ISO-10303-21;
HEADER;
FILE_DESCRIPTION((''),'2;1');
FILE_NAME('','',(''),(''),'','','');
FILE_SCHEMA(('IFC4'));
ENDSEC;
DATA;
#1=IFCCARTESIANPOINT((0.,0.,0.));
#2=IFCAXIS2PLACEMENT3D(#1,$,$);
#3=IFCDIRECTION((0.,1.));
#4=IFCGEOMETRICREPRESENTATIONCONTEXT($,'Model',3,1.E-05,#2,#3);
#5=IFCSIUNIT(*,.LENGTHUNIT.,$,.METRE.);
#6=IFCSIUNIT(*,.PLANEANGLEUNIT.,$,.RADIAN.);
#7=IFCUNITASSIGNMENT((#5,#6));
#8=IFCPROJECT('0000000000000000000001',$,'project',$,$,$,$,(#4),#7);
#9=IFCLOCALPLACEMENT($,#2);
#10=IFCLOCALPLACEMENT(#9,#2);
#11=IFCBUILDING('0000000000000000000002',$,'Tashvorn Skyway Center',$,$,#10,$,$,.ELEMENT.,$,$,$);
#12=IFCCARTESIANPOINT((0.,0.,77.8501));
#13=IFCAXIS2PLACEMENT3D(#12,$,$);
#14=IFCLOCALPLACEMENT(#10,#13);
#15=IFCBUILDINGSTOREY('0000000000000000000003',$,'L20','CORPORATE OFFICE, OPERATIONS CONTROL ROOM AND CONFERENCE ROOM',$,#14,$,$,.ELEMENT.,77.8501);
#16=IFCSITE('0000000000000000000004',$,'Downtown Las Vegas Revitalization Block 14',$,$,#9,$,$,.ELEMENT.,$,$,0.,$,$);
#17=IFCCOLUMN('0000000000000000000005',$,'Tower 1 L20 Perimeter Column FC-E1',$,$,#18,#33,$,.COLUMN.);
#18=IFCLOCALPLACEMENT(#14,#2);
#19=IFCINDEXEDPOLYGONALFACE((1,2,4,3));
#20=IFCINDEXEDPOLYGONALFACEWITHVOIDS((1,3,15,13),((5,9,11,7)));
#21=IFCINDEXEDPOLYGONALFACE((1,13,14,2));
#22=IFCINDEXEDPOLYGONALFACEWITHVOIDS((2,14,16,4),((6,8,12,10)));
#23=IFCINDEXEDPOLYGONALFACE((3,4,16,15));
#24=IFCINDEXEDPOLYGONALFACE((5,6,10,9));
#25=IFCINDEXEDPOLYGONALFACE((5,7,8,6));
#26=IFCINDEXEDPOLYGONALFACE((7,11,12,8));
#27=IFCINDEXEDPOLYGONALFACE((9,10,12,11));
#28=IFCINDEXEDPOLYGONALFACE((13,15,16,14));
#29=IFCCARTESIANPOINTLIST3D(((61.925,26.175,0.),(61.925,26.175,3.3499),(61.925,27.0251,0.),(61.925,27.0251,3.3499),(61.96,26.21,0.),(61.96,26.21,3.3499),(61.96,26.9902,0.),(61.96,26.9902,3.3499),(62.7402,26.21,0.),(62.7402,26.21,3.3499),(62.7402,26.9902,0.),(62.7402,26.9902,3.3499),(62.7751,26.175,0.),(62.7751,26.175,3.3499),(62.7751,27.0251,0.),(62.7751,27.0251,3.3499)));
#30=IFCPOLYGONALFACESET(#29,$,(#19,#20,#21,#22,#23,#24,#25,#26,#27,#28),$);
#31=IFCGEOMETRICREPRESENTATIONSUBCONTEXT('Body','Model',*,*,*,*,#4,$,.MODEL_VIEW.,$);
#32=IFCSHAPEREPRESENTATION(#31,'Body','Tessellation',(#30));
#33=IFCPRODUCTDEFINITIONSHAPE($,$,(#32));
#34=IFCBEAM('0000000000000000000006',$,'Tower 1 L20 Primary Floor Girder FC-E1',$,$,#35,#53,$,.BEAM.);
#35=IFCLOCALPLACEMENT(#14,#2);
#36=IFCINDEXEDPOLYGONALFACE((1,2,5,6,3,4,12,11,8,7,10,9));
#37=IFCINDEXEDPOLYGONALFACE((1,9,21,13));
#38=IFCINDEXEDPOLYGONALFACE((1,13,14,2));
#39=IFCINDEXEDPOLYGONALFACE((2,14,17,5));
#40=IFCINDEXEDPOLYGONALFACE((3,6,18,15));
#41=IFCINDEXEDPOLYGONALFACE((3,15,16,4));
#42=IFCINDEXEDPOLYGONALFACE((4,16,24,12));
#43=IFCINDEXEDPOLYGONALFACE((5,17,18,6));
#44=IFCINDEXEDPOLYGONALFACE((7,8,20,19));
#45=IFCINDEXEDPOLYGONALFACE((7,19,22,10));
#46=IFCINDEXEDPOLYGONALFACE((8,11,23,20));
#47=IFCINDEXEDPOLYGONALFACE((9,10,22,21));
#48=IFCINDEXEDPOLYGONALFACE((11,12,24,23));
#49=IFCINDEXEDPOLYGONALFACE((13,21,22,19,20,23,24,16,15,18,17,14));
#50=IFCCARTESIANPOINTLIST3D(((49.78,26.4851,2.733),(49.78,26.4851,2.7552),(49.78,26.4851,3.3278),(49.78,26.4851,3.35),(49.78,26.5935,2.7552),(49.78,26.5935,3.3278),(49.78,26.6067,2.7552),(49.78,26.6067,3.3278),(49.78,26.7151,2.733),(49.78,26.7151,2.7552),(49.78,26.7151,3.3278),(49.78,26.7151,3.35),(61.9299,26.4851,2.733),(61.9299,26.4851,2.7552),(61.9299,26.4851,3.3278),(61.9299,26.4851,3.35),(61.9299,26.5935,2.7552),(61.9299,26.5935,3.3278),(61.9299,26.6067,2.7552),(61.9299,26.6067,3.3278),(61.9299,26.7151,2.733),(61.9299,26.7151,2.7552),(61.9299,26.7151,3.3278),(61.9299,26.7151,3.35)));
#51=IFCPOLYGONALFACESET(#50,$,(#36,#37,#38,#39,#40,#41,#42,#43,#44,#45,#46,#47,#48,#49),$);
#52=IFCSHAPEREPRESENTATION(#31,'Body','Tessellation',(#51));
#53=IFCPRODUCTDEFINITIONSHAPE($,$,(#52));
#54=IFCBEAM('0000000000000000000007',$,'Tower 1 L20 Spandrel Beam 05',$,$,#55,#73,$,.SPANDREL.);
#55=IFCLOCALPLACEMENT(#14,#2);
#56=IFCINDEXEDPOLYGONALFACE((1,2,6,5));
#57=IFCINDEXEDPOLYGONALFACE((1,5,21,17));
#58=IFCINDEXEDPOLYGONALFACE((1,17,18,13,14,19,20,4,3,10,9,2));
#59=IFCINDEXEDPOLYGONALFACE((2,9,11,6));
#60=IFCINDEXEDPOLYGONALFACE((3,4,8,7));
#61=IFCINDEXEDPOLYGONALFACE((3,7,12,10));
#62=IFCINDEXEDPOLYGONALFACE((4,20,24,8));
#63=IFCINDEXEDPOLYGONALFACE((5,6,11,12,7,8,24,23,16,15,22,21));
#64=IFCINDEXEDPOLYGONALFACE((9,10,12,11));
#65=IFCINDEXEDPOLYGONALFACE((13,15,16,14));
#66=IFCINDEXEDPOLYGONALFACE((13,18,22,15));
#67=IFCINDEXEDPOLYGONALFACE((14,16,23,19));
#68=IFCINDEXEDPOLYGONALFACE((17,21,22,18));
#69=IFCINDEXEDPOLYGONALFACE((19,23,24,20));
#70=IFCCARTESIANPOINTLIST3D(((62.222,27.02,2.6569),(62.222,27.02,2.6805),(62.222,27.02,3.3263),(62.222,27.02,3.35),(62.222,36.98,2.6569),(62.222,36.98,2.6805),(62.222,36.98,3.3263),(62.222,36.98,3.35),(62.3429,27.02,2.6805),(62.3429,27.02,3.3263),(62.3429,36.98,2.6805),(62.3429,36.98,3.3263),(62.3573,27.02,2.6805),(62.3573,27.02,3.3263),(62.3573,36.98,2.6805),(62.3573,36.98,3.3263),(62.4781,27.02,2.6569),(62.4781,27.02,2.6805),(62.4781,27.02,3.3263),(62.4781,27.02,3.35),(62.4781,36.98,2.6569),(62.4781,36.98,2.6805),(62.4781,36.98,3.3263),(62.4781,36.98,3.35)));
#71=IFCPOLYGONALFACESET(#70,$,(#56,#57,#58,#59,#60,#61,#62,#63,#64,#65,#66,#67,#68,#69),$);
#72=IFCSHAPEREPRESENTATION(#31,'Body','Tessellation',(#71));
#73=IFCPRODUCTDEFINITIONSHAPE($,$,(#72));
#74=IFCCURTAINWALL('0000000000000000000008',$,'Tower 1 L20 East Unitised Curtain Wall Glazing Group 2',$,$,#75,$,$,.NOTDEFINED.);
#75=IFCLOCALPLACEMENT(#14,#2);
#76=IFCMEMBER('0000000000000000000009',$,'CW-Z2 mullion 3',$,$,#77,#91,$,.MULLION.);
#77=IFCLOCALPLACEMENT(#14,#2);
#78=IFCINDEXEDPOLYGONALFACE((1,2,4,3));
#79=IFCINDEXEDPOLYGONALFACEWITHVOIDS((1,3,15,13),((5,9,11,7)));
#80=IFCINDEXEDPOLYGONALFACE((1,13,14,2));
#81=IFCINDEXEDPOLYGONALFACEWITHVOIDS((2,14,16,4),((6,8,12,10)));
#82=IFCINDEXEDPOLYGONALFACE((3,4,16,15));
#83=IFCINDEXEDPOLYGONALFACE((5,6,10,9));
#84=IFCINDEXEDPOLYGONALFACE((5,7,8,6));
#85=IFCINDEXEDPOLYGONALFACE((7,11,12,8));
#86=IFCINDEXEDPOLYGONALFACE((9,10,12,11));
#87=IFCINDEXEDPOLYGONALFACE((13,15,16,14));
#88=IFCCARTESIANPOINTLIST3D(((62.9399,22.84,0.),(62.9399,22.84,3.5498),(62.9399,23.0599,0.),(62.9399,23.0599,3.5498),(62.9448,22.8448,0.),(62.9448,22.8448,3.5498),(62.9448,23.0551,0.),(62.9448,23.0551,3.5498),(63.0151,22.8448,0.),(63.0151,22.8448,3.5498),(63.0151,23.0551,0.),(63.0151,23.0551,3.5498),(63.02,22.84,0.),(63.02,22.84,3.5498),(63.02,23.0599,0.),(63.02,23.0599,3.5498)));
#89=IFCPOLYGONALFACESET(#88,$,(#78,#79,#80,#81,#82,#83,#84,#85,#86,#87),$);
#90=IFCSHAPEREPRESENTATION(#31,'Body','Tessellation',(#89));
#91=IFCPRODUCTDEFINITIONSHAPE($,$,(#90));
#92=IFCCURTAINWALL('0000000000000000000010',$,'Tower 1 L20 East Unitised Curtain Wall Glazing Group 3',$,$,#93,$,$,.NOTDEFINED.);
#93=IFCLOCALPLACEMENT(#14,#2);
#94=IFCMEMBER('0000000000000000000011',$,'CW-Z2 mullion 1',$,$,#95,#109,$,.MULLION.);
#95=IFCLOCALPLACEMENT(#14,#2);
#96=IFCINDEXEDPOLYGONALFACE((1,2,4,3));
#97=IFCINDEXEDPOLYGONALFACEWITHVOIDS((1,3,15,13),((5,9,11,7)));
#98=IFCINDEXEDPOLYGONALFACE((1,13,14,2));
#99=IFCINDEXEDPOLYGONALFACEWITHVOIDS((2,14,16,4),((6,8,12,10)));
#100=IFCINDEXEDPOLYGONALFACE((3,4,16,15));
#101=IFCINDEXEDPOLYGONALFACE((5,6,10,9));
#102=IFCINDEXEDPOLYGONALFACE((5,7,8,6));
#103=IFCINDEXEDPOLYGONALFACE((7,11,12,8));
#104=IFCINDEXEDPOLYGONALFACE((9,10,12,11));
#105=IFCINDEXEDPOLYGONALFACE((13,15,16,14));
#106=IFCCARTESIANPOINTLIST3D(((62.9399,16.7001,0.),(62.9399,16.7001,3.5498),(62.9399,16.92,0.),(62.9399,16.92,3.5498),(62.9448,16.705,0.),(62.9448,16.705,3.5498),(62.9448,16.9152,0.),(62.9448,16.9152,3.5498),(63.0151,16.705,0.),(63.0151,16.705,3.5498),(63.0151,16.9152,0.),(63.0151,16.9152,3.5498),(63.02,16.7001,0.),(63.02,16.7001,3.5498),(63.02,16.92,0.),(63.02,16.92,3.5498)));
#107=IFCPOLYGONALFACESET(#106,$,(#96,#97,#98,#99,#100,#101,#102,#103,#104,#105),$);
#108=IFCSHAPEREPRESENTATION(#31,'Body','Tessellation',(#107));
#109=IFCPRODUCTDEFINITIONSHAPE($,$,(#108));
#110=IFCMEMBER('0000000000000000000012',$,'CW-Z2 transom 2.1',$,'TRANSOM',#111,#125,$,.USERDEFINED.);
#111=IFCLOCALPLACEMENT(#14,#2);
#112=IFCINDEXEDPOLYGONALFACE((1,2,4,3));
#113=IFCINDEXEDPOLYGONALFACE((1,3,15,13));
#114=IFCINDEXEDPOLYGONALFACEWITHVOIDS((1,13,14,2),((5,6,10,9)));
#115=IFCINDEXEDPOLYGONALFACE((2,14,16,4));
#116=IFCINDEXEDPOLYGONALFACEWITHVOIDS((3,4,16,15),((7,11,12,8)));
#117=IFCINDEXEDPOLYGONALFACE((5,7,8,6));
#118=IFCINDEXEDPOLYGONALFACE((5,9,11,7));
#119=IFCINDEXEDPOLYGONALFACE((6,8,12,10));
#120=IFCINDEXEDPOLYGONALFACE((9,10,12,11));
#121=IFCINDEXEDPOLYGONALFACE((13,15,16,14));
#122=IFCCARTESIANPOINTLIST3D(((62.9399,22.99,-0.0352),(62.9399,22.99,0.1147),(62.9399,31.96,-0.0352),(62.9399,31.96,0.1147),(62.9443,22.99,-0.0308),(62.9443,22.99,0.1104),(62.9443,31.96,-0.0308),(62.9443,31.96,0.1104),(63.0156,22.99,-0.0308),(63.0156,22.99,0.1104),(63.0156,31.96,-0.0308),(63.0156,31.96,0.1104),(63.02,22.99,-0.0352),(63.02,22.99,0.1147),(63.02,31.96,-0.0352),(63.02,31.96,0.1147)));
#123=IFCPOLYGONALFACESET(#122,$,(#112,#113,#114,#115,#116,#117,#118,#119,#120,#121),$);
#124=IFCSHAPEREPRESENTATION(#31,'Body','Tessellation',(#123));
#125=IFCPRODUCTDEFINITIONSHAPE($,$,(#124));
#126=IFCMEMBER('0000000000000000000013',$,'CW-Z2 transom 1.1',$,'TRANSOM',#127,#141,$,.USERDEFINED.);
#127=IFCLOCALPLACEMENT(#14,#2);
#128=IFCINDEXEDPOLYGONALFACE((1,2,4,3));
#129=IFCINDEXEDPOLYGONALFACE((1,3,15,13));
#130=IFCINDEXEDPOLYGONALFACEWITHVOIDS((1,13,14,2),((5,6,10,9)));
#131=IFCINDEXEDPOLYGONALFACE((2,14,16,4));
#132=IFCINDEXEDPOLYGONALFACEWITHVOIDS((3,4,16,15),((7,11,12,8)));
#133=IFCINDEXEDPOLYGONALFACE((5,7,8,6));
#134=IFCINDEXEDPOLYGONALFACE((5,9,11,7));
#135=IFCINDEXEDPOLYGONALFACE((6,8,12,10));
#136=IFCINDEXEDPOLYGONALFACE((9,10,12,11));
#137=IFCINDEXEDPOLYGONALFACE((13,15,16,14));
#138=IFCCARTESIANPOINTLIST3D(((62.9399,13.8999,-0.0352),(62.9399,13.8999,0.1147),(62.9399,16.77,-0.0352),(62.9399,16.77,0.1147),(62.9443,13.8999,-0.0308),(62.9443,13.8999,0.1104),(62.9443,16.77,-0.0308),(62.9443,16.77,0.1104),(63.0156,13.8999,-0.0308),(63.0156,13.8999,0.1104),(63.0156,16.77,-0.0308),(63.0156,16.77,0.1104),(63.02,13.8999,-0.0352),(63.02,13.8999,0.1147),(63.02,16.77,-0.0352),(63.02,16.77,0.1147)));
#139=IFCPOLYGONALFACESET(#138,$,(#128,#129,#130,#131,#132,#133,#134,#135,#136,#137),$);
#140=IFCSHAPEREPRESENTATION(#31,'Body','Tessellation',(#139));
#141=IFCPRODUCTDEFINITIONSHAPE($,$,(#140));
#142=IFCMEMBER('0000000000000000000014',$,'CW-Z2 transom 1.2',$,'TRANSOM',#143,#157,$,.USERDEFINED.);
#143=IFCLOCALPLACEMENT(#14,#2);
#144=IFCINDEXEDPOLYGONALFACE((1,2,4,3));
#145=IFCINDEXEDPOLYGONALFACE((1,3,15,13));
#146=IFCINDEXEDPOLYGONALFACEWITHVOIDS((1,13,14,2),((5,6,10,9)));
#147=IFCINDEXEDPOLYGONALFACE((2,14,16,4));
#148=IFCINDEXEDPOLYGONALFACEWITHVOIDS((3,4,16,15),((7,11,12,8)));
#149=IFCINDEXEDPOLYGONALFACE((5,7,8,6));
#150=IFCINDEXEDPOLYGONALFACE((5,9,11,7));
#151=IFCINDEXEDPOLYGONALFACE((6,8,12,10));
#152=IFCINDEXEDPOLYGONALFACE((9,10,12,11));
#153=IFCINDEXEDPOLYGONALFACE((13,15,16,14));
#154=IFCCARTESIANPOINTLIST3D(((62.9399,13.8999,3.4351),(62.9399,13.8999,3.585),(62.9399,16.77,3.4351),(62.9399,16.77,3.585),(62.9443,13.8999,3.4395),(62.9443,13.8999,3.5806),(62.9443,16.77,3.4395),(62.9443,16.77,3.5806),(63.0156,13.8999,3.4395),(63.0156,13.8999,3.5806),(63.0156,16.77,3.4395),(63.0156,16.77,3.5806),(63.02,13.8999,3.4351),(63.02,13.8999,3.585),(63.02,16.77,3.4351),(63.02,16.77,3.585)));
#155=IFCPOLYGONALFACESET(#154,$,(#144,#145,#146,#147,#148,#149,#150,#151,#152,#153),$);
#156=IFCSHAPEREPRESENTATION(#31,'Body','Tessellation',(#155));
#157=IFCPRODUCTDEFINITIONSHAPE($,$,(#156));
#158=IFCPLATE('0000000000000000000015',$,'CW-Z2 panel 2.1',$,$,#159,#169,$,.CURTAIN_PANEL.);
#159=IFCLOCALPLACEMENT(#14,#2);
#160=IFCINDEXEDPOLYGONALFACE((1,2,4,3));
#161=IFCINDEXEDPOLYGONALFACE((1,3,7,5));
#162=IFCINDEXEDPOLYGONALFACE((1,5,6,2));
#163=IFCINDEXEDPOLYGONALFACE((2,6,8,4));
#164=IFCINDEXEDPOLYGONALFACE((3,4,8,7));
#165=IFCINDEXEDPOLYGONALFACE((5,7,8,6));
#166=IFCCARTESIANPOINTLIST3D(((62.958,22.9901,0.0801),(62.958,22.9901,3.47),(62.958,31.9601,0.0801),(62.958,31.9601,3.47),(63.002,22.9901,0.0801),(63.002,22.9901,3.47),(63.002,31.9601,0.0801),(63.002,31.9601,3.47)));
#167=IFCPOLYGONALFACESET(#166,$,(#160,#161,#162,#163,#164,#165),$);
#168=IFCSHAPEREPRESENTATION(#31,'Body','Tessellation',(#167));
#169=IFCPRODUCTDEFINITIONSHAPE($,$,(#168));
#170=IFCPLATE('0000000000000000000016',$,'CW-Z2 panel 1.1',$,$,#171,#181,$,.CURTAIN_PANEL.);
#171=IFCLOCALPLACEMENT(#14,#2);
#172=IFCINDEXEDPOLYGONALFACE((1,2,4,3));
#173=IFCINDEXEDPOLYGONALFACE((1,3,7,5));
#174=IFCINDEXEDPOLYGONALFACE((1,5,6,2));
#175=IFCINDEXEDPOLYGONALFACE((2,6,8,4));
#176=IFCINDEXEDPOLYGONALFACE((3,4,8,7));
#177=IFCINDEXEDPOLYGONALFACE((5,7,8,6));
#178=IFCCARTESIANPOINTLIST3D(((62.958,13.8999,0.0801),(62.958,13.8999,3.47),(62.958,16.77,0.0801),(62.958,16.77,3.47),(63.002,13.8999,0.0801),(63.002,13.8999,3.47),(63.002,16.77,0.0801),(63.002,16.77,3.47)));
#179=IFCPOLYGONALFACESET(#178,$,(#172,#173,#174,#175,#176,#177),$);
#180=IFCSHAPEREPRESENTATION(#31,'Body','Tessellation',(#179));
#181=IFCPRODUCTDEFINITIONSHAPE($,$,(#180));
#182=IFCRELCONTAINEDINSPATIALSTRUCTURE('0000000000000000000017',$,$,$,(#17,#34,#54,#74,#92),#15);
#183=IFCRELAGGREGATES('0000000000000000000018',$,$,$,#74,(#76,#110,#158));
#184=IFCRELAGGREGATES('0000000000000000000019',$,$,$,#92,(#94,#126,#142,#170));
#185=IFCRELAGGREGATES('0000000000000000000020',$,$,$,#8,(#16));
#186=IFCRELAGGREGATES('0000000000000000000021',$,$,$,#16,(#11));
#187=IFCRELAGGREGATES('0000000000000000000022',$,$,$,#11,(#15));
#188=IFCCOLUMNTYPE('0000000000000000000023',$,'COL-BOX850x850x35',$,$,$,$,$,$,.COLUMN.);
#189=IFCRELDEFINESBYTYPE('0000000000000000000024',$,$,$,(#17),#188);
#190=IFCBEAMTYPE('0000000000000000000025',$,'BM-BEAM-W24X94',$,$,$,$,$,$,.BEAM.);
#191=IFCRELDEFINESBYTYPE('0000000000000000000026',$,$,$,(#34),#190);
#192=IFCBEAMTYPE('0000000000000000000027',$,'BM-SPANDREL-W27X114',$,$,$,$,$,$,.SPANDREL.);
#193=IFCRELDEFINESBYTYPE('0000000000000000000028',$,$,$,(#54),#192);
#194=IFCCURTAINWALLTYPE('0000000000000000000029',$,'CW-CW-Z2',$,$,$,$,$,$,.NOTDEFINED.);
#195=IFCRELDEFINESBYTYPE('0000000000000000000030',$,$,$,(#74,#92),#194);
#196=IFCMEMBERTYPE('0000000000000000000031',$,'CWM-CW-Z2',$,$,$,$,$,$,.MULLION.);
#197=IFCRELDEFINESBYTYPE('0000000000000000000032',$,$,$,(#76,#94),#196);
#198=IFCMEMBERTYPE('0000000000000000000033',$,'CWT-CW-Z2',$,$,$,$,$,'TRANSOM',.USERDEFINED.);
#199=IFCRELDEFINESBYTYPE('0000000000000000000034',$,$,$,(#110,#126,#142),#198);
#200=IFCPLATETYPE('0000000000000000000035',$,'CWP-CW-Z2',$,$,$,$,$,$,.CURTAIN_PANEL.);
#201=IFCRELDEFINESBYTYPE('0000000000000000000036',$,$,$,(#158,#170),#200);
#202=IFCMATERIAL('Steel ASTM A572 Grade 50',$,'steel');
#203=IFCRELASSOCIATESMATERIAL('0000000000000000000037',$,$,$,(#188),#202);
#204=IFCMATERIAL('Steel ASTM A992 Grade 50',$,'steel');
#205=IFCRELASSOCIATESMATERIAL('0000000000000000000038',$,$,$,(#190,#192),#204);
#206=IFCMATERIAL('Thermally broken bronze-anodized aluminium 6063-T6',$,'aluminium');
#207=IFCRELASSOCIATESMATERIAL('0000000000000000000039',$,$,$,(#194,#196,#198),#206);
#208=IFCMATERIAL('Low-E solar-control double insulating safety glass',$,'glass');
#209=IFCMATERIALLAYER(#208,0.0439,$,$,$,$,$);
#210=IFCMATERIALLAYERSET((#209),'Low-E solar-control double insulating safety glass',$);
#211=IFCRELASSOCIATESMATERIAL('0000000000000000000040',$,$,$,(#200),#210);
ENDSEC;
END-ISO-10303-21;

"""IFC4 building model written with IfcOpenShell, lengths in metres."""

from ifc_helpers import new_model, si_unit, direction, frame, origin, origin_2d, place, context, subcontext, project, spatial, rectangle, hollow_rectangle, i_section, extrude, material, layer, layer_set, material_profile, profile_set, type_object, element, aggregate, save


model = new_model("IFC4")

# Units and contexts
model_context = context("Model", 3, precision=1e-05, world=origin(), true_north=direction((0.0, 1.0)))
body_context = subcontext(model_context, "Body", "Model", "MODEL_VIEW")
ifc_project = project(units=[si_unit("LENGTHUNIT", "METRE"), si_unit("PLANEANGLEUNIT", "RADIAN")], contexts=[model_context])

# Site, building, storey
site_placement = place(None, origin())
site = spatial("IfcSite", under=ifc_project, at=site_placement, Name="Downtown Las Vegas Revitalization Block 14", CompositionType="ELEMENT", RefElevation=0.0)
building_placement = place(site_placement, origin())
building = spatial("IfcBuilding", under=site, at=building_placement, Name="Tashvorn Skyway Center", CompositionType="ELEMENT")
storey_placement = place(building_placement, frame((0.0, 0.0, 77.8501)))
storey = spatial("IfcBuildingStorey", under=building, at=storey_placement, Name="L20", Description="CORPORATE OFFICE, OPERATIONS CONTROL ROOM AND CONFERENCE ROOM", CompositionType="ELEMENT", Elevation=77.8501)

# Column
ifc_material_1 = material(Name="Steel ASTM A572 Grade 50", Category="steel")
ifc_material_profile_1 = material_profile(ifc_material_1, hollow_rectangle(XDim=0.8501, YDim=0.8501, WallThickness=0.0349, at=origin_2d()), Name="BOX850x850x35")
ifc_profile_set_1 = profile_set([ifc_material_profile_1], Name="Steel ASTM A572 Grade 50")
column_type = type_object("IfcColumnType", Name="COL-BOX850x850x35", PredefinedType="COLUMN", material=ifc_profile_set_1)
column_placement = place(storey_placement, frame((62.3501, 26.6001, 0.0), z_axis=(0.0, 0.0, 1.0), x_axis=(1.0, 0.0, 0.0)))
element("IfcColumn", 1, at=column_placement, inside=storey, type_object=column_type, Name="Tower 1 L20 Perimeter Column FC-E1", PredefinedType="COLUMN", context=body_context, shape_type="SweptSolid", body=[
    extrude(hollow_rectangle(XDim=0.8501, YDim=0.8501, WallThickness=0.0349, at=origin_2d()), origin(), (0.0, 0.0, 1.0), 3.3499),
])

# Beams
ifc_material_2 = material(Name="Steel ASTM A992 Grade 50", Category="steel")
ifc_material_profile_2 = material_profile(ifc_material_2, i_section(OverallWidth=0.23, OverallDepth=0.6169, WebThickness=0.0132, FlangeThickness=0.0222, at=origin_2d()), Name="W24X94")
ifc_profile_set_2 = profile_set([ifc_material_profile_2], Name="Steel ASTM A992 Grade 50")
beam_type_1 = type_object("IfcBeamType", Name="BM-BEAM-W24X94", PredefinedType="BEAM", material=ifc_profile_set_2)
beam_1_placement = place(storey_placement, frame((61.9299, 26.6001, 3.0415), z_axis=(-1.0, 0.0, 0.0), x_axis=(0.0, -1.0, 0.0)))
element("IfcBeam", 2, at=beam_1_placement, inside=storey, type_object=beam_type_1, Name="Tower 1 L20 Primary Floor Girder FC-E1", PredefinedType="BEAM", context=body_context, shape_type="SweptSolid", body=[
    extrude(i_section(OverallWidth=0.23, OverallDepth=0.6169, WebThickness=0.0132, FlangeThickness=0.0222, at=origin_2d()), origin(), (0.0, 0.0, 1.0), 12.1499),
])
ifc_material_profile_3 = material_profile(ifc_material_2, i_section(OverallWidth=0.2561, OverallDepth=0.6931, WebThickness=0.0144, FlangeThickness=0.0237, at=origin_2d()), Name="W27X114")
ifc_profile_set_3 = profile_set([ifc_material_profile_3], Name="Steel ASTM A992 Grade 50")
beam_type_2 = type_object("IfcBeamType", Name="BM-SPANDREL-W27X114", PredefinedType="SPANDREL", material=ifc_profile_set_3)
beam_2_placement = place(storey_placement, frame((62.3501, 27.02, 3.0034), z_axis=(0.0, 1.0, 0.0), x_axis=(-1.0, 0.0, 0.0)))
element("IfcBeam", 3, at=beam_2_placement, inside=storey, type_object=beam_type_2, Name="Tower 1 L20 Spandrel Beam 05", PredefinedType="SPANDREL", context=body_context, shape_type="SweptSolid", body=[
    extrude(i_section(OverallWidth=0.2561, OverallDepth=0.6931, WebThickness=0.0144, FlangeThickness=0.0237, at=origin_2d()), origin(), (0.0, 0.0, 1.0), 9.96),
])

# Curtain walls, members
ifc_material_3 = material(Name="Thermally broken bronze-anodized aluminium 6063-T6", Category="aluminium")
curtain_wall_type = type_object("IfcCurtainWallType", Name="CW-CW-Z2", PredefinedType="NOTDEFINED", material=ifc_material_3)
curtain_wall_1_placement = place(storey_placement, origin())
curtain_wall_1 = element("IfcCurtainWall", 4, at=curtain_wall_1_placement, inside=storey, type_object=curtain_wall_type, Name="Tower 1 L20 East Unitised Curtain Wall Glazing Group 2", PredefinedType="NOTDEFINED")
ifc_material_profile_4 = material_profile(ifc_material_3, hollow_rectangle(XDim=0.0801, YDim=0.22, WallThickness=0.0049, at=origin_2d()), Name="ALU-MULL-80x220")
ifc_profile_set_4 = profile_set([ifc_material_profile_4], Name="Thermally broken bronze-anodized aluminium 6063-T6")
member_type_1 = type_object("IfcMemberType", Name="CWM-CW-Z2", PredefinedType="MULLION", material=ifc_profile_set_4)
member_1_placement = place(storey_placement, frame((62.98, 22.95, 0.0), z_axis=(0.0, 0.0, 1.0), x_axis=(1.0, 0.0, 0.0)))
member_1 = element("IfcMember", 5, at=member_1_placement, type_object=member_type_1, Name="CW-Z2 mullion 3", PredefinedType="MULLION", context=body_context, shape_type="SweptSolid", body=[
    extrude(hollow_rectangle(XDim=0.0801, YDim=0.22, WallThickness=0.0049, at=origin_2d()), origin(), (0.0, 0.0, 1.0), 3.5498),
])
curtain_wall_2_placement = place(storey_placement, origin())
curtain_wall_2 = element("IfcCurtainWall", 6, at=curtain_wall_2_placement, inside=storey, type_object=curtain_wall_type, Name="Tower 1 L20 East Unitised Curtain Wall Glazing Group 3", PredefinedType="NOTDEFINED")
member_2_placement = place(storey_placement, frame((62.98, 16.8101, 0.0), z_axis=(0.0, 0.0, 1.0), x_axis=(1.0, 0.0, 0.0)))
member_2 = element("IfcMember", 7, at=member_2_placement, type_object=member_type_1, Name="CW-Z2 mullion 1", PredefinedType="MULLION", context=body_context, shape_type="SweptSolid", body=[
    extrude(hollow_rectangle(XDim=0.0801, YDim=0.22, WallThickness=0.0049, at=origin_2d()), origin(), (0.0, 0.0, 1.0), 3.5498),
])

# Members
ifc_material_profile_5 = material_profile(ifc_material_3, hollow_rectangle(XDim=0.0801, YDim=0.1499, WallThickness=0.0044, at=origin_2d()), Name="ALU-TRAN-80x150")
ifc_profile_set_5 = profile_set([ifc_material_profile_5], Name="Thermally broken bronze-anodized aluminium 6063-T6")
member_type_2 = type_object("IfcMemberType", Name="CWT-CW-Z2", ElementType="TRANSOM", PredefinedType="USERDEFINED", material=ifc_profile_set_5)
member_3_placement = place(storey_placement, frame((62.98, 31.96, 0.0398), z_axis=(0.0, -1.0, 0.0), x_axis=(1.0, 0.0, 0.0)))
member_3 = element("IfcMember", 8, at=member_3_placement, type_object=member_type_2, Name="CW-Z2 transom 2.1", ObjectType="TRANSOM", PredefinedType="USERDEFINED", context=body_context, shape_type="SweptSolid", body=[
    extrude(hollow_rectangle(XDim=0.0801, YDim=0.1499, WallThickness=0.0044, at=origin_2d()), origin(), (0.0, 0.0, 1.0), 8.97),
])
member_4_placement = place(storey_placement, frame((62.98, 16.77, 0.0398), z_axis=(0.0, -1.0, 0.0), x_axis=(1.0, 0.0, 0.0)))
member_4 = element("IfcMember", 9, at=member_4_placement, type_object=member_type_2, Name="CW-Z2 transom 1.1", ObjectType="TRANSOM", PredefinedType="USERDEFINED", context=body_context, shape_type="SweptSolid", body=[
    extrude(hollow_rectangle(XDim=0.0801, YDim=0.1499, WallThickness=0.0044, at=origin_2d()), origin(), (0.0, 0.0, 1.0), 2.8701),
])
member_5_placement = place(storey_placement, frame((62.98, 16.77, 3.51), z_axis=(0.0, -1.0, 0.0), x_axis=(1.0, 0.0, 0.0)))
member_5 = element("IfcMember", 10, at=member_5_placement, type_object=member_type_2, Name="CW-Z2 transom 1.2", ObjectType="TRANSOM", PredefinedType="USERDEFINED", context=body_context, shape_type="SweptSolid", body=[
    extrude(hollow_rectangle(XDim=0.0801, YDim=0.1499, WallThickness=0.0044, at=origin_2d()), origin(), (0.0, 0.0, 1.0), 2.8701),
])

# Plates
ifc_material_4 = material(Name="Low-E solar-control double insulating safety glass", Category="glass")
ifc_layer_1 = layer(ifc_material_4, 0.0439)
ifc_layer_set_1 = layer_set([ifc_layer_1], Name="Low-E solar-control double insulating safety glass")
plate_type = type_object("IfcPlateType", Name="CWP-CW-Z2", PredefinedType="CURTAIN_PANEL", material=ifc_layer_set_1)
plate_1_placement = place(storey_placement, frame((62.98, 27.4751, 0.0801), z_axis=(0.0, 0.0, 1.0), x_axis=(0.0, -1.0, 0.0)))
plate_1 = element("IfcPlate", 11, at=plate_1_placement, type_object=plate_type, Name="CW-Z2 panel 2.1", PredefinedType="CURTAIN_PANEL", context=body_context, shape_type="SweptSolid", body=[
    extrude(rectangle(XDim=8.97, YDim=0.0439, at=origin_2d()), origin(), (0.0, 0.0, 1.0), 3.3899),
])
aggregate(curtain_wall_1, [member_1, member_3, plate_1])
plate_2_placement = place(storey_placement, frame((62.98, 15.335, 0.0801), z_axis=(0.0, 0.0, 1.0), x_axis=(0.0, -1.0, 0.0)))
plate_2 = element("IfcPlate", 12, at=plate_2_placement, type_object=plate_type, Name="CW-Z2 panel 1.1", PredefinedType="CURTAIN_PANEL", context=body_context, shape_type="SweptSolid", body=[
    extrude(rectangle(XDim=2.8701, YDim=0.0439, at=origin_2d()), origin(), (0.0, 0.0, 1.0), 3.3899),
])
aggregate(curtain_wall_2, [member_2, member_4, member_5, plate_2])

save(model, "model.ifc")
